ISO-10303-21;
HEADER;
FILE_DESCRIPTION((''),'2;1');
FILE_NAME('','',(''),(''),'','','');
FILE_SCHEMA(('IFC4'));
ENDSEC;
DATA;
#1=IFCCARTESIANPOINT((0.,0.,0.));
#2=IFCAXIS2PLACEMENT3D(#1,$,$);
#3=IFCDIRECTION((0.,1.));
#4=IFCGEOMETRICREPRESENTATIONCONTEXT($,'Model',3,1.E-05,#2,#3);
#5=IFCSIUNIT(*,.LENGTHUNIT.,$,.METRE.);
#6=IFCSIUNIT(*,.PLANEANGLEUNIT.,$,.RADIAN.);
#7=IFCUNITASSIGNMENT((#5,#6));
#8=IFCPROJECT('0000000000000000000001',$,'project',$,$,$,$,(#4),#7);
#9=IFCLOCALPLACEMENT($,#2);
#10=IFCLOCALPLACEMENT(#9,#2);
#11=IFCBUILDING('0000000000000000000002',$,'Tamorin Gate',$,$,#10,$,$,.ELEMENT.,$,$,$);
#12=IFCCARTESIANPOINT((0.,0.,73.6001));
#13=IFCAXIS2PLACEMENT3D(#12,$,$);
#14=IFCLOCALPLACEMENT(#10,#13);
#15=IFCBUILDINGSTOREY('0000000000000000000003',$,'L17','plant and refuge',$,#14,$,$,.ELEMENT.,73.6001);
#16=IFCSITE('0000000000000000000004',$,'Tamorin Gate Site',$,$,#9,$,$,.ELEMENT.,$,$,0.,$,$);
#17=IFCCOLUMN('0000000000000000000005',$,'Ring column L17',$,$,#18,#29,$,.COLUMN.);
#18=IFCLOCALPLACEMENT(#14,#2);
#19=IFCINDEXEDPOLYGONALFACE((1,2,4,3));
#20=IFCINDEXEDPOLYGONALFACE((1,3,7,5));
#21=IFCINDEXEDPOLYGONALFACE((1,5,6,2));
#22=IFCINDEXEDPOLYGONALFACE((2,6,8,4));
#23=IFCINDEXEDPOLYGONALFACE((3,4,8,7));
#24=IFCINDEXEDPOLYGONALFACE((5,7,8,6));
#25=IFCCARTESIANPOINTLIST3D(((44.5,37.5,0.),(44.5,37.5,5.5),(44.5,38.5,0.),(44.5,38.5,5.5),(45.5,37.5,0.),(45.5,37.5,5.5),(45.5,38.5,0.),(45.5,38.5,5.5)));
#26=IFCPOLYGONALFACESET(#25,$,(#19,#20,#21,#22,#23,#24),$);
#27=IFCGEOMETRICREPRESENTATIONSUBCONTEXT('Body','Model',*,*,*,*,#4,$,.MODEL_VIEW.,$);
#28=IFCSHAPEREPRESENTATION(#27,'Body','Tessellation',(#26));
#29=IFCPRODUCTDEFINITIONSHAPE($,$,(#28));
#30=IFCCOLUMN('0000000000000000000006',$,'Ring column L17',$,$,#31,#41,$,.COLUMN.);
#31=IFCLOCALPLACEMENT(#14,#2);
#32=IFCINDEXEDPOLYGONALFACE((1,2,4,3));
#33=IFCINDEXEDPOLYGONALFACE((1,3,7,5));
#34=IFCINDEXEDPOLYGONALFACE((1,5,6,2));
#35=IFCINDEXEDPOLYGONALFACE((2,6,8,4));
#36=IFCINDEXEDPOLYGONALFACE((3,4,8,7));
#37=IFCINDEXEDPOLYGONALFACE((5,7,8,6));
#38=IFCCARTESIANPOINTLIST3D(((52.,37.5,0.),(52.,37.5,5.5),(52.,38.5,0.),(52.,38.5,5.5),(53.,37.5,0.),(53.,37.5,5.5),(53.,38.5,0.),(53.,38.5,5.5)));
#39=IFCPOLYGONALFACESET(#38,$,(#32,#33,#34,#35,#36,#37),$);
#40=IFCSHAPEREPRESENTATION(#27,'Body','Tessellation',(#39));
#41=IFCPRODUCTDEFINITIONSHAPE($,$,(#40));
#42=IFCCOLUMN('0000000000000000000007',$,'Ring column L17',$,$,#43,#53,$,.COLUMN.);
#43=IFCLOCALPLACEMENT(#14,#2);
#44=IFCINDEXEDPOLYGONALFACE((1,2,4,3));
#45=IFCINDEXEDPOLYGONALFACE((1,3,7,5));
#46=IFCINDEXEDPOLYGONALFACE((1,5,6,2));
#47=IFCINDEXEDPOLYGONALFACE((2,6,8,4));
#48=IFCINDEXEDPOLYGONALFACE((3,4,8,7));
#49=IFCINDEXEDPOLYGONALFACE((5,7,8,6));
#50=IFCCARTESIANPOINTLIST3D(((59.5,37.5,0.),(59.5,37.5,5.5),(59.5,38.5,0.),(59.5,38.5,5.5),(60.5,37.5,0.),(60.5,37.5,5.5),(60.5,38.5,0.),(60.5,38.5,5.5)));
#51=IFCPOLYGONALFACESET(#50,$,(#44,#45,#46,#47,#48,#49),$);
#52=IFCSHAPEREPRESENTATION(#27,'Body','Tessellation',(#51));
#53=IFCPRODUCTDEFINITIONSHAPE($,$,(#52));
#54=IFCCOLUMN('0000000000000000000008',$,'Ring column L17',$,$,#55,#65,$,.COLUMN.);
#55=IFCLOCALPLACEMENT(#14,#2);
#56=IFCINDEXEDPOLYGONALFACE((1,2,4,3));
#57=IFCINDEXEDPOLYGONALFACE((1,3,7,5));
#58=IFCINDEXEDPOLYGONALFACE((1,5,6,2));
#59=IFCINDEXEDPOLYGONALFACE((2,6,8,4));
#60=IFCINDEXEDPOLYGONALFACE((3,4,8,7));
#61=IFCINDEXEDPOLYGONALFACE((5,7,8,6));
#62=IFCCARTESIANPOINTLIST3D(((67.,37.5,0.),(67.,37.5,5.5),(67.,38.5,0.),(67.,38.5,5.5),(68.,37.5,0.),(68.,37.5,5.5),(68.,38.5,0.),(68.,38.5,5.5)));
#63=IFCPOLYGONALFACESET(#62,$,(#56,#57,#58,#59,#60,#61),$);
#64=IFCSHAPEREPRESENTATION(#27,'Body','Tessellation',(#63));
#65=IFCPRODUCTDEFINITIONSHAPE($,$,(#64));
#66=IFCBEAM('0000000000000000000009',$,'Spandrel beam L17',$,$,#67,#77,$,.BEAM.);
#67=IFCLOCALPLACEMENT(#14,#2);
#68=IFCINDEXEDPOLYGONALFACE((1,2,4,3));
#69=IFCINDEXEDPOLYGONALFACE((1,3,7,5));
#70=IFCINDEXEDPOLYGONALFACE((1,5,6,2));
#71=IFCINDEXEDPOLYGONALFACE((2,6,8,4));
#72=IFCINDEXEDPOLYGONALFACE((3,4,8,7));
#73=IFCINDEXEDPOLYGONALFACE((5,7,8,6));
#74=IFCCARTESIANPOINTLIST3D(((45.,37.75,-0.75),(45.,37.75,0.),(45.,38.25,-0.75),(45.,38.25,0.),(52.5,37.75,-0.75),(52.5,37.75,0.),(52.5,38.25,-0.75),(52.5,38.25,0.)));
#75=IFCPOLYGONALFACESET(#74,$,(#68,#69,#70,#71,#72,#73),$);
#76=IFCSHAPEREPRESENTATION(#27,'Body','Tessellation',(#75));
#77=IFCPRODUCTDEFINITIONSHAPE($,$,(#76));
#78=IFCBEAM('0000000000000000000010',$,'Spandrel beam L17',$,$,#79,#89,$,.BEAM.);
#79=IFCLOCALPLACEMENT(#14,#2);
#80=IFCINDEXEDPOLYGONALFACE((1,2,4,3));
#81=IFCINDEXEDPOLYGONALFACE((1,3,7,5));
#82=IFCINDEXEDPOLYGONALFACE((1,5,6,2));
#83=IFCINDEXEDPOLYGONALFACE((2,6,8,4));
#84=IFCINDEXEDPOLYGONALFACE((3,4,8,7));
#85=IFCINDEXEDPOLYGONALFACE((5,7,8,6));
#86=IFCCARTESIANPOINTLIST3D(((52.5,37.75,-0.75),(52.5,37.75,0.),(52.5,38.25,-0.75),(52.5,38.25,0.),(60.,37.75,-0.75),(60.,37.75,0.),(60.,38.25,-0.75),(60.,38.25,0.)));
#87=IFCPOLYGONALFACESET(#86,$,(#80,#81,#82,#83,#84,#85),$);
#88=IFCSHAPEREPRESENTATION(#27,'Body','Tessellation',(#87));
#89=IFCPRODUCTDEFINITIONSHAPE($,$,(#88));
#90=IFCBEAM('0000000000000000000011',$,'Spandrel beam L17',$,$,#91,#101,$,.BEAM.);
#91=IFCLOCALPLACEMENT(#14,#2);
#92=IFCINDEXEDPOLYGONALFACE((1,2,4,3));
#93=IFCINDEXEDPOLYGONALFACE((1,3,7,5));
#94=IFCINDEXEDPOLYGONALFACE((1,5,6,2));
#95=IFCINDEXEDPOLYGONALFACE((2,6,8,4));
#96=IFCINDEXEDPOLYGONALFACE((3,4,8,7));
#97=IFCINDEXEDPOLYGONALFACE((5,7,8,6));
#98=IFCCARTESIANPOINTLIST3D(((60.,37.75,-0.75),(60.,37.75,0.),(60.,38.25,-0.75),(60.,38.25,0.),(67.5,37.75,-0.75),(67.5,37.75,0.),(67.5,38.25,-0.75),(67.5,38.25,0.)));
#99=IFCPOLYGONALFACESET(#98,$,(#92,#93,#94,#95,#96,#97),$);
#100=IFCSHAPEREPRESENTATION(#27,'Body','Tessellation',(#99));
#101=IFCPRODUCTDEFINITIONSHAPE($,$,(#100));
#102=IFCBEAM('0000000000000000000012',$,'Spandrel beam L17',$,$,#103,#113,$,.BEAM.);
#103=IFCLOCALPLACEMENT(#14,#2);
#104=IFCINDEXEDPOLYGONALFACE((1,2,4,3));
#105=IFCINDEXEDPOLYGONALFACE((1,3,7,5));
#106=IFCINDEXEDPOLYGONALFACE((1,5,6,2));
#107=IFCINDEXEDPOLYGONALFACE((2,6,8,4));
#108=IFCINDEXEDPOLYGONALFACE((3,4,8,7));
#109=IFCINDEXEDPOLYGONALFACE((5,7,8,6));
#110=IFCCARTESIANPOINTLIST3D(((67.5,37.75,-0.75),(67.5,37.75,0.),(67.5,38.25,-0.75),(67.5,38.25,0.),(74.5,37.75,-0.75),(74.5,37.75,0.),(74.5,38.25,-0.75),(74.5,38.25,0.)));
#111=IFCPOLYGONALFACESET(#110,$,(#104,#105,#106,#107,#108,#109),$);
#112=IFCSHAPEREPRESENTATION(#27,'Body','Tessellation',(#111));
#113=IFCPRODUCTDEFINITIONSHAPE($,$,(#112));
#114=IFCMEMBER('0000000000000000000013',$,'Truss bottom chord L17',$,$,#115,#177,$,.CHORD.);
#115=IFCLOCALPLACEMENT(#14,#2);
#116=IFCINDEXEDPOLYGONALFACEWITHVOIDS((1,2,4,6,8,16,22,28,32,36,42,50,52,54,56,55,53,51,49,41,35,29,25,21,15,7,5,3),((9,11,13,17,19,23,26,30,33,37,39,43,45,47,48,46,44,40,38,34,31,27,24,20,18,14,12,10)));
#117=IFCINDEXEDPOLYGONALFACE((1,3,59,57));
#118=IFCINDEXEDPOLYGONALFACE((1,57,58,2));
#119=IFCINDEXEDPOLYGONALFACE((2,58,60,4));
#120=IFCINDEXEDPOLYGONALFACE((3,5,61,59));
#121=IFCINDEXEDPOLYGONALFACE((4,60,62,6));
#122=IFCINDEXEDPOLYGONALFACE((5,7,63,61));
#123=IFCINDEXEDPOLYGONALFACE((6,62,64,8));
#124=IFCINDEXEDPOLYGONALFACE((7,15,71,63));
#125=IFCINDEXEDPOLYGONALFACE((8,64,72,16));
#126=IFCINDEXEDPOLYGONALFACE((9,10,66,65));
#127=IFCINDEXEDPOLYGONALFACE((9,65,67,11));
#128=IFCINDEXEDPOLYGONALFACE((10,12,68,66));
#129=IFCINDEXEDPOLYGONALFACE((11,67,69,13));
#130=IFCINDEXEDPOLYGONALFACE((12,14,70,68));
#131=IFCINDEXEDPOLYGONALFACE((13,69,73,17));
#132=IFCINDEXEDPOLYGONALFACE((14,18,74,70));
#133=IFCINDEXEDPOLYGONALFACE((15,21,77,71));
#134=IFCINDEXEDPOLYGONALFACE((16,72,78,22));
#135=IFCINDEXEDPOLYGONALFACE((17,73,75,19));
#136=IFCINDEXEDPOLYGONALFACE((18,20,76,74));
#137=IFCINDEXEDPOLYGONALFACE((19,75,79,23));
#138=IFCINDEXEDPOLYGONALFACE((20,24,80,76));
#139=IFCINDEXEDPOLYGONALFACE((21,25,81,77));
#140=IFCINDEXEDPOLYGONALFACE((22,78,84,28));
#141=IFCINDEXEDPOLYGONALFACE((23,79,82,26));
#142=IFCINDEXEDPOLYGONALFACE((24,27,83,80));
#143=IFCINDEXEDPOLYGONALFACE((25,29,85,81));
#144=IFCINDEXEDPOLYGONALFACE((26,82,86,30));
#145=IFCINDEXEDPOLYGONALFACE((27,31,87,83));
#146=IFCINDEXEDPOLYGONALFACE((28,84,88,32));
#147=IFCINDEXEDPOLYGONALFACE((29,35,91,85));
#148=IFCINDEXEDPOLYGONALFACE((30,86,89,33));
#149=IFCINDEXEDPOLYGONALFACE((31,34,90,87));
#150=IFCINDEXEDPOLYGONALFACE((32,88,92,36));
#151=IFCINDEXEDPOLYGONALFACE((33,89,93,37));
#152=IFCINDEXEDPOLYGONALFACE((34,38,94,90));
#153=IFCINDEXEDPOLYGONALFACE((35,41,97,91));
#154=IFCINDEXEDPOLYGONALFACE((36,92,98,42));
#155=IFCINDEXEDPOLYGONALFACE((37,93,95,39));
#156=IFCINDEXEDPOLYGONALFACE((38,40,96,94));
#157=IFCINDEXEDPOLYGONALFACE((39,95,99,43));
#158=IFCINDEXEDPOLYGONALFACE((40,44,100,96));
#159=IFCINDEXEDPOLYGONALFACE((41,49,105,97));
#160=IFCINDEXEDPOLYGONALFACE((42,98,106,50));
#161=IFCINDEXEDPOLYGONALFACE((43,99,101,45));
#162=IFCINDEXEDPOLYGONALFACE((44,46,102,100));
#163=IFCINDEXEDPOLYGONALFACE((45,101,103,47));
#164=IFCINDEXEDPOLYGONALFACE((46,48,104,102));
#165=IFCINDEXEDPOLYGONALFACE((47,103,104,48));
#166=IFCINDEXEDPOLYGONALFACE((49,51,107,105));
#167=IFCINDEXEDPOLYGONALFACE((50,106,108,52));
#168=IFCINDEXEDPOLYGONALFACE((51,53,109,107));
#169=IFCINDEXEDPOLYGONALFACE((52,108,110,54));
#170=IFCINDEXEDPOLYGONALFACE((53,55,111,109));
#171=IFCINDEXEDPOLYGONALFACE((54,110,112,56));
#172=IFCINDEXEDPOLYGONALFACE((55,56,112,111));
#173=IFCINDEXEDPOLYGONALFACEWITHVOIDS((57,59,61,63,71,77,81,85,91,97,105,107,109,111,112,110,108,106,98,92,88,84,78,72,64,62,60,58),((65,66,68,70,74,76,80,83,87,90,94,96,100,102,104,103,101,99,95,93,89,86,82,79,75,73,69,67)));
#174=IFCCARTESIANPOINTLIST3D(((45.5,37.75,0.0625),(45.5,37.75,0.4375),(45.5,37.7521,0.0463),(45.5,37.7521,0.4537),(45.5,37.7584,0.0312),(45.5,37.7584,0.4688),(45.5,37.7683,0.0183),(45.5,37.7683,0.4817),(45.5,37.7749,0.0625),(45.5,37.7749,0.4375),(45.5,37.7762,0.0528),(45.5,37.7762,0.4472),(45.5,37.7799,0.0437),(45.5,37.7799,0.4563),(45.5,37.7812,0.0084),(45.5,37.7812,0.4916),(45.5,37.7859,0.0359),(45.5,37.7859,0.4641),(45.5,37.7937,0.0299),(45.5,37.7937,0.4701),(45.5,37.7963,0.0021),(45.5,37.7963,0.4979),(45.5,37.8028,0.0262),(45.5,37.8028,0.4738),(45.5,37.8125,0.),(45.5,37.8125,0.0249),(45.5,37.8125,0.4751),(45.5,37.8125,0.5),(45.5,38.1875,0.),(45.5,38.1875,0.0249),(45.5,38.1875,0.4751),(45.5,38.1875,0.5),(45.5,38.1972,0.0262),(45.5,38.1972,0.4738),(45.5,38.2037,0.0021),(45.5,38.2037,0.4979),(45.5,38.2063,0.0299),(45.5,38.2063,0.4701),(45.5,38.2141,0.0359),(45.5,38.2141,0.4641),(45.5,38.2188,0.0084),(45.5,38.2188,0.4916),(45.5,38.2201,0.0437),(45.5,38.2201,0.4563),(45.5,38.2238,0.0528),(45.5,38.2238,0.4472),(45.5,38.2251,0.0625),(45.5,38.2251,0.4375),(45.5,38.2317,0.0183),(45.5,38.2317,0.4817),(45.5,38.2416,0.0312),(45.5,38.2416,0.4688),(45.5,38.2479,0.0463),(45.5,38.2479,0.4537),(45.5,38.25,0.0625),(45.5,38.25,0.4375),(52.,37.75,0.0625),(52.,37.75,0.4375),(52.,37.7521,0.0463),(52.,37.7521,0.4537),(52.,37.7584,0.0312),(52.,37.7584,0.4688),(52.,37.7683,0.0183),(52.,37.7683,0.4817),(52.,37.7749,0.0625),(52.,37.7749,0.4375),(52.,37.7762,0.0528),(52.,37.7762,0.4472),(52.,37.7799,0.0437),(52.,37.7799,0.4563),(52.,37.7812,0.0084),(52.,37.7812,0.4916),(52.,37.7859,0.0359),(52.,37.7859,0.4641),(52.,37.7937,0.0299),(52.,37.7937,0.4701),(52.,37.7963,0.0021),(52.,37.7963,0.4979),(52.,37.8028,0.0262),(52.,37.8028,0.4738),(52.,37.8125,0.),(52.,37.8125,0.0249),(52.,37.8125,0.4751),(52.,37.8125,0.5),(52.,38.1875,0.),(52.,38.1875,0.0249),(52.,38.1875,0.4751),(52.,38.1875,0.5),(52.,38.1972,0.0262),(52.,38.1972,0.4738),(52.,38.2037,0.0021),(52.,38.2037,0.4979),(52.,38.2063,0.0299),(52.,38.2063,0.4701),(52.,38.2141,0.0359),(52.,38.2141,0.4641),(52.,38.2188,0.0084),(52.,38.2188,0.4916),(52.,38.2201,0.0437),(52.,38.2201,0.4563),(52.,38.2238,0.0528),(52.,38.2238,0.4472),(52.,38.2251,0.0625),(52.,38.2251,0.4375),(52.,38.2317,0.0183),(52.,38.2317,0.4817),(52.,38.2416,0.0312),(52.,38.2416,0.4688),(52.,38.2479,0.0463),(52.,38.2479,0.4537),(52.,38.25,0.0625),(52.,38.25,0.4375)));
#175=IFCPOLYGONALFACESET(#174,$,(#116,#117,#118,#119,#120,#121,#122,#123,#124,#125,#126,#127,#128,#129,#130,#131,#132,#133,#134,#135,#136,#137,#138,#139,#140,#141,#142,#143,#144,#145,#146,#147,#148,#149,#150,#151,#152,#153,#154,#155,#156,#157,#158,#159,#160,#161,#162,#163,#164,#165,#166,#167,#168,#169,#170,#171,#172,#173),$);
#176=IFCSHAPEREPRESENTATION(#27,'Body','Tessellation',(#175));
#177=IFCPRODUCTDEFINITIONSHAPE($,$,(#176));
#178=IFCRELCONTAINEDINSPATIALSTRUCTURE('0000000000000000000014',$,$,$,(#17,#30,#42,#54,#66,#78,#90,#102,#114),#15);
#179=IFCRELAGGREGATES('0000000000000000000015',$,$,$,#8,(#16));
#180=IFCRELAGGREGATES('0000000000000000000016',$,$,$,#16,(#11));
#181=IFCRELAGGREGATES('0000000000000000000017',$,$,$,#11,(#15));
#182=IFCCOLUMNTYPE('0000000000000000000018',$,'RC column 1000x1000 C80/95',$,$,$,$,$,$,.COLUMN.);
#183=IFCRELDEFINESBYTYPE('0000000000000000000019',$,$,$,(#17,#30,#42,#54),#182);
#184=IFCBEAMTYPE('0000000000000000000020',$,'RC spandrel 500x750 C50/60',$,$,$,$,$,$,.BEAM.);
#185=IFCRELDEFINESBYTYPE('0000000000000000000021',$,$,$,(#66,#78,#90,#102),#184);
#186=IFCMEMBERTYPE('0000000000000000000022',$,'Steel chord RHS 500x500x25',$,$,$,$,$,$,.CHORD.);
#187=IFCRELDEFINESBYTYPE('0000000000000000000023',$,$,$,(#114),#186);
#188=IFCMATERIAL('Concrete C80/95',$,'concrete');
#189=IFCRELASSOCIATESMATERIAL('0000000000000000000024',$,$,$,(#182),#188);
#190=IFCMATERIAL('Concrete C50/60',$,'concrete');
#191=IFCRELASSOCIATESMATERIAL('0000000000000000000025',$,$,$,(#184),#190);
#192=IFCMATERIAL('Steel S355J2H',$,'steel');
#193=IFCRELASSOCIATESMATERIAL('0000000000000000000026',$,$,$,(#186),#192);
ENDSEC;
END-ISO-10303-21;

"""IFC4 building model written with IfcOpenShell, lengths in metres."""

from ifc_helpers import new_model, si_unit, direction, frame, origin, origin_2d, place, context, subcontext, project, spatial, rectangle, hollow_rectangle, extrude, material, material_profile, profile_set, type_object, element, save


model = new_model("IFC4")

# Units and contexts
model_context = context("Model", 3, precision=1e-05, world=origin(), true_north=direction((0.0, 1.0)))
body_context = subcontext(model_context, "Body", "Model", "MODEL_VIEW")
ifc_project = project(units=[si_unit("LENGTHUNIT", "METRE"), si_unit("PLANEANGLEUNIT", "RADIAN")], contexts=[model_context])

# Site, building, storey
site_placement = place(None, origin())
site = spatial("IfcSite", under=ifc_project, at=site_placement, Name="Tamorin Gate Site", CompositionType="ELEMENT", RefElevation=0.0)
building_placement = place(site_placement, origin())
building = spatial("IfcBuilding", under=site, at=building_placement, Name="Tamorin Gate", CompositionType="ELEMENT")
storey_placement = place(building_placement, frame((0.0, 0.0, 73.6001)))
storey = spatial("IfcBuildingStorey", under=building, at=storey_placement, Name="L17", Description="plant and refuge", CompositionType="ELEMENT", Elevation=73.6001)

# Columns
ifc_material_1 = material(Name="Concrete C80/95", Category="concrete")
ifc_material_profile_1 = material_profile(ifc_material_1, rectangle(XDim=1.0, YDim=1.0, at=origin_2d()), Name="RC 1000x1000")
ifc_profile_set_1 = profile_set([ifc_material_profile_1], Name="Concrete C80/95")
column_type = type_object("IfcColumnType", Name="RC column 1000x1000 C80/95", PredefinedType="COLUMN", material=ifc_profile_set_1)
for number, where, z_axis, x_axis, name in (
    (1, (45.0, 38.0, 0.0), (0.0, 0.0, 1.0), (1.0, 0.0, 0.0), "Ring column L17"),
    (2, (52.5, 38.0, 0.0), (0.0, 0.0, 1.0), (1.0, 0.0, 0.0), "Ring column L17"),
    (3, (60.0, 38.0, 0.0), (0.0, 0.0, 1.0), (1.0, 0.0, 0.0), "Ring column L17"),
    (4, (67.5, 38.0, 0.0), (0.0, 0.0, 1.0), (1.0, 0.0, 0.0), "Ring column L17"),
):
    element("IfcColumn", number, at=place(storey_placement, frame(where, z_axis=z_axis, x_axis=x_axis)), inside=storey, type_object=column_type, Name=name, PredefinedType="COLUMN", context=body_context, shape_type="SweptSolid", body=[
        extrude(rectangle(XDim=1.0, YDim=1.0, at=origin_2d()), origin(), (0.0, 0.0, 1.0), 5.5),
    ])

# Beams
ifc_material_2 = material(Name="Concrete C50/60", Category="concrete")
ifc_material_profile_2 = material_profile(ifc_material_2, rectangle(XDim=0.5, YDim=0.75, at=origin_2d()), Name="RC 500x750")
ifc_profile_set_2 = profile_set([ifc_material_profile_2], Name="Concrete C50/60")
beam_type = type_object("IfcBeamType", Name="RC spandrel 500x750 C50/60", PredefinedType="BEAM", material=ifc_profile_set_2)
for number, where, z_axis, x_axis, name in (
    (5, (45.0, 38.0, -0.375), (1.0, 0.0, 0.0), (0.0, 1.0, 0.0), "Spandrel beam L17"),
    (6, (52.5, 38.0, -0.375), (1.0, 0.0, 0.0), (0.0, 1.0, 0.0), "Spandrel beam L17"),
    (7, (60.0, 38.0, -0.375), (1.0, 0.0, 0.0), (0.0, 1.0, 0.0), "Spandrel beam L17"),
):
    element("IfcBeam", number, at=place(storey_placement, frame(where, z_axis=z_axis, x_axis=x_axis)), inside=storey, type_object=beam_type, Name=name, PredefinedType="BEAM", context=body_context, shape_type="SweptSolid", body=[
        extrude(rectangle(XDim=0.5, YDim=0.75, at=origin_2d()), origin(), (0.0, 0.0, 1.0), 7.5),
    ])
beam_placement = place(storey_placement, frame((67.5, 38.0, -0.375), z_axis=(1.0, 0.0, 0.0), x_axis=(0.0, 1.0, 0.0)))
element("IfcBeam", 8, at=beam_placement, inside=storey, type_object=beam_type, Name="Spandrel beam L17", PredefinedType="BEAM", context=body_context, shape_type="SweptSolid", body=[
    extrude(rectangle(XDim=0.5, YDim=0.75, at=origin_2d()), origin(), (0.0, 0.0, 1.0), 7.0),
])

# Member
ifc_material_3 = material(Name="Steel S355J2H", Category="steel")
ifc_material_profile_3 = material_profile(ifc_material_3, hollow_rectangle(XDim=0.5, YDim=0.5, WallThickness=0.0249, InnerFilletRadius=0.0376, OuterFilletRadius=0.0625, at=origin_2d()), Name="RHS 500x500x25")
ifc_profile_set_3 = profile_set([ifc_material_profile_3], Name="Steel S355J2H")
member_type_1 = type_object("IfcMemberType", Name="Steel chord RHS 500x500x25", PredefinedType="CHORD", material=ifc_profile_set_3)
for number, where, z_axis, x_axis, name in (
    (9, (45.5, 38.0, 0.25), (1.0, 0.0, 0.0), (0.0, 1.0, 0.0), "Truss bottom chord L17"),
):
    element("IfcMember", number, at=place(storey_placement, frame(where, z_axis=z_axis, x_axis=x_axis)), inside=storey, type_object=member_type_1, Name=name, PredefinedType="CHORD", context=body_context, shape_type="SweptSolid", body=[
        extrude(hollow_rectangle(XDim=0.5, YDim=0.5, WallThickness=0.0249, InnerFilletRadius=0.0376, OuterFilletRadius=0.0625, at=origin_2d()), origin(), (0.0, 0.0, 1.0), 6.5),
    ])

save(model, "model.ifc")
